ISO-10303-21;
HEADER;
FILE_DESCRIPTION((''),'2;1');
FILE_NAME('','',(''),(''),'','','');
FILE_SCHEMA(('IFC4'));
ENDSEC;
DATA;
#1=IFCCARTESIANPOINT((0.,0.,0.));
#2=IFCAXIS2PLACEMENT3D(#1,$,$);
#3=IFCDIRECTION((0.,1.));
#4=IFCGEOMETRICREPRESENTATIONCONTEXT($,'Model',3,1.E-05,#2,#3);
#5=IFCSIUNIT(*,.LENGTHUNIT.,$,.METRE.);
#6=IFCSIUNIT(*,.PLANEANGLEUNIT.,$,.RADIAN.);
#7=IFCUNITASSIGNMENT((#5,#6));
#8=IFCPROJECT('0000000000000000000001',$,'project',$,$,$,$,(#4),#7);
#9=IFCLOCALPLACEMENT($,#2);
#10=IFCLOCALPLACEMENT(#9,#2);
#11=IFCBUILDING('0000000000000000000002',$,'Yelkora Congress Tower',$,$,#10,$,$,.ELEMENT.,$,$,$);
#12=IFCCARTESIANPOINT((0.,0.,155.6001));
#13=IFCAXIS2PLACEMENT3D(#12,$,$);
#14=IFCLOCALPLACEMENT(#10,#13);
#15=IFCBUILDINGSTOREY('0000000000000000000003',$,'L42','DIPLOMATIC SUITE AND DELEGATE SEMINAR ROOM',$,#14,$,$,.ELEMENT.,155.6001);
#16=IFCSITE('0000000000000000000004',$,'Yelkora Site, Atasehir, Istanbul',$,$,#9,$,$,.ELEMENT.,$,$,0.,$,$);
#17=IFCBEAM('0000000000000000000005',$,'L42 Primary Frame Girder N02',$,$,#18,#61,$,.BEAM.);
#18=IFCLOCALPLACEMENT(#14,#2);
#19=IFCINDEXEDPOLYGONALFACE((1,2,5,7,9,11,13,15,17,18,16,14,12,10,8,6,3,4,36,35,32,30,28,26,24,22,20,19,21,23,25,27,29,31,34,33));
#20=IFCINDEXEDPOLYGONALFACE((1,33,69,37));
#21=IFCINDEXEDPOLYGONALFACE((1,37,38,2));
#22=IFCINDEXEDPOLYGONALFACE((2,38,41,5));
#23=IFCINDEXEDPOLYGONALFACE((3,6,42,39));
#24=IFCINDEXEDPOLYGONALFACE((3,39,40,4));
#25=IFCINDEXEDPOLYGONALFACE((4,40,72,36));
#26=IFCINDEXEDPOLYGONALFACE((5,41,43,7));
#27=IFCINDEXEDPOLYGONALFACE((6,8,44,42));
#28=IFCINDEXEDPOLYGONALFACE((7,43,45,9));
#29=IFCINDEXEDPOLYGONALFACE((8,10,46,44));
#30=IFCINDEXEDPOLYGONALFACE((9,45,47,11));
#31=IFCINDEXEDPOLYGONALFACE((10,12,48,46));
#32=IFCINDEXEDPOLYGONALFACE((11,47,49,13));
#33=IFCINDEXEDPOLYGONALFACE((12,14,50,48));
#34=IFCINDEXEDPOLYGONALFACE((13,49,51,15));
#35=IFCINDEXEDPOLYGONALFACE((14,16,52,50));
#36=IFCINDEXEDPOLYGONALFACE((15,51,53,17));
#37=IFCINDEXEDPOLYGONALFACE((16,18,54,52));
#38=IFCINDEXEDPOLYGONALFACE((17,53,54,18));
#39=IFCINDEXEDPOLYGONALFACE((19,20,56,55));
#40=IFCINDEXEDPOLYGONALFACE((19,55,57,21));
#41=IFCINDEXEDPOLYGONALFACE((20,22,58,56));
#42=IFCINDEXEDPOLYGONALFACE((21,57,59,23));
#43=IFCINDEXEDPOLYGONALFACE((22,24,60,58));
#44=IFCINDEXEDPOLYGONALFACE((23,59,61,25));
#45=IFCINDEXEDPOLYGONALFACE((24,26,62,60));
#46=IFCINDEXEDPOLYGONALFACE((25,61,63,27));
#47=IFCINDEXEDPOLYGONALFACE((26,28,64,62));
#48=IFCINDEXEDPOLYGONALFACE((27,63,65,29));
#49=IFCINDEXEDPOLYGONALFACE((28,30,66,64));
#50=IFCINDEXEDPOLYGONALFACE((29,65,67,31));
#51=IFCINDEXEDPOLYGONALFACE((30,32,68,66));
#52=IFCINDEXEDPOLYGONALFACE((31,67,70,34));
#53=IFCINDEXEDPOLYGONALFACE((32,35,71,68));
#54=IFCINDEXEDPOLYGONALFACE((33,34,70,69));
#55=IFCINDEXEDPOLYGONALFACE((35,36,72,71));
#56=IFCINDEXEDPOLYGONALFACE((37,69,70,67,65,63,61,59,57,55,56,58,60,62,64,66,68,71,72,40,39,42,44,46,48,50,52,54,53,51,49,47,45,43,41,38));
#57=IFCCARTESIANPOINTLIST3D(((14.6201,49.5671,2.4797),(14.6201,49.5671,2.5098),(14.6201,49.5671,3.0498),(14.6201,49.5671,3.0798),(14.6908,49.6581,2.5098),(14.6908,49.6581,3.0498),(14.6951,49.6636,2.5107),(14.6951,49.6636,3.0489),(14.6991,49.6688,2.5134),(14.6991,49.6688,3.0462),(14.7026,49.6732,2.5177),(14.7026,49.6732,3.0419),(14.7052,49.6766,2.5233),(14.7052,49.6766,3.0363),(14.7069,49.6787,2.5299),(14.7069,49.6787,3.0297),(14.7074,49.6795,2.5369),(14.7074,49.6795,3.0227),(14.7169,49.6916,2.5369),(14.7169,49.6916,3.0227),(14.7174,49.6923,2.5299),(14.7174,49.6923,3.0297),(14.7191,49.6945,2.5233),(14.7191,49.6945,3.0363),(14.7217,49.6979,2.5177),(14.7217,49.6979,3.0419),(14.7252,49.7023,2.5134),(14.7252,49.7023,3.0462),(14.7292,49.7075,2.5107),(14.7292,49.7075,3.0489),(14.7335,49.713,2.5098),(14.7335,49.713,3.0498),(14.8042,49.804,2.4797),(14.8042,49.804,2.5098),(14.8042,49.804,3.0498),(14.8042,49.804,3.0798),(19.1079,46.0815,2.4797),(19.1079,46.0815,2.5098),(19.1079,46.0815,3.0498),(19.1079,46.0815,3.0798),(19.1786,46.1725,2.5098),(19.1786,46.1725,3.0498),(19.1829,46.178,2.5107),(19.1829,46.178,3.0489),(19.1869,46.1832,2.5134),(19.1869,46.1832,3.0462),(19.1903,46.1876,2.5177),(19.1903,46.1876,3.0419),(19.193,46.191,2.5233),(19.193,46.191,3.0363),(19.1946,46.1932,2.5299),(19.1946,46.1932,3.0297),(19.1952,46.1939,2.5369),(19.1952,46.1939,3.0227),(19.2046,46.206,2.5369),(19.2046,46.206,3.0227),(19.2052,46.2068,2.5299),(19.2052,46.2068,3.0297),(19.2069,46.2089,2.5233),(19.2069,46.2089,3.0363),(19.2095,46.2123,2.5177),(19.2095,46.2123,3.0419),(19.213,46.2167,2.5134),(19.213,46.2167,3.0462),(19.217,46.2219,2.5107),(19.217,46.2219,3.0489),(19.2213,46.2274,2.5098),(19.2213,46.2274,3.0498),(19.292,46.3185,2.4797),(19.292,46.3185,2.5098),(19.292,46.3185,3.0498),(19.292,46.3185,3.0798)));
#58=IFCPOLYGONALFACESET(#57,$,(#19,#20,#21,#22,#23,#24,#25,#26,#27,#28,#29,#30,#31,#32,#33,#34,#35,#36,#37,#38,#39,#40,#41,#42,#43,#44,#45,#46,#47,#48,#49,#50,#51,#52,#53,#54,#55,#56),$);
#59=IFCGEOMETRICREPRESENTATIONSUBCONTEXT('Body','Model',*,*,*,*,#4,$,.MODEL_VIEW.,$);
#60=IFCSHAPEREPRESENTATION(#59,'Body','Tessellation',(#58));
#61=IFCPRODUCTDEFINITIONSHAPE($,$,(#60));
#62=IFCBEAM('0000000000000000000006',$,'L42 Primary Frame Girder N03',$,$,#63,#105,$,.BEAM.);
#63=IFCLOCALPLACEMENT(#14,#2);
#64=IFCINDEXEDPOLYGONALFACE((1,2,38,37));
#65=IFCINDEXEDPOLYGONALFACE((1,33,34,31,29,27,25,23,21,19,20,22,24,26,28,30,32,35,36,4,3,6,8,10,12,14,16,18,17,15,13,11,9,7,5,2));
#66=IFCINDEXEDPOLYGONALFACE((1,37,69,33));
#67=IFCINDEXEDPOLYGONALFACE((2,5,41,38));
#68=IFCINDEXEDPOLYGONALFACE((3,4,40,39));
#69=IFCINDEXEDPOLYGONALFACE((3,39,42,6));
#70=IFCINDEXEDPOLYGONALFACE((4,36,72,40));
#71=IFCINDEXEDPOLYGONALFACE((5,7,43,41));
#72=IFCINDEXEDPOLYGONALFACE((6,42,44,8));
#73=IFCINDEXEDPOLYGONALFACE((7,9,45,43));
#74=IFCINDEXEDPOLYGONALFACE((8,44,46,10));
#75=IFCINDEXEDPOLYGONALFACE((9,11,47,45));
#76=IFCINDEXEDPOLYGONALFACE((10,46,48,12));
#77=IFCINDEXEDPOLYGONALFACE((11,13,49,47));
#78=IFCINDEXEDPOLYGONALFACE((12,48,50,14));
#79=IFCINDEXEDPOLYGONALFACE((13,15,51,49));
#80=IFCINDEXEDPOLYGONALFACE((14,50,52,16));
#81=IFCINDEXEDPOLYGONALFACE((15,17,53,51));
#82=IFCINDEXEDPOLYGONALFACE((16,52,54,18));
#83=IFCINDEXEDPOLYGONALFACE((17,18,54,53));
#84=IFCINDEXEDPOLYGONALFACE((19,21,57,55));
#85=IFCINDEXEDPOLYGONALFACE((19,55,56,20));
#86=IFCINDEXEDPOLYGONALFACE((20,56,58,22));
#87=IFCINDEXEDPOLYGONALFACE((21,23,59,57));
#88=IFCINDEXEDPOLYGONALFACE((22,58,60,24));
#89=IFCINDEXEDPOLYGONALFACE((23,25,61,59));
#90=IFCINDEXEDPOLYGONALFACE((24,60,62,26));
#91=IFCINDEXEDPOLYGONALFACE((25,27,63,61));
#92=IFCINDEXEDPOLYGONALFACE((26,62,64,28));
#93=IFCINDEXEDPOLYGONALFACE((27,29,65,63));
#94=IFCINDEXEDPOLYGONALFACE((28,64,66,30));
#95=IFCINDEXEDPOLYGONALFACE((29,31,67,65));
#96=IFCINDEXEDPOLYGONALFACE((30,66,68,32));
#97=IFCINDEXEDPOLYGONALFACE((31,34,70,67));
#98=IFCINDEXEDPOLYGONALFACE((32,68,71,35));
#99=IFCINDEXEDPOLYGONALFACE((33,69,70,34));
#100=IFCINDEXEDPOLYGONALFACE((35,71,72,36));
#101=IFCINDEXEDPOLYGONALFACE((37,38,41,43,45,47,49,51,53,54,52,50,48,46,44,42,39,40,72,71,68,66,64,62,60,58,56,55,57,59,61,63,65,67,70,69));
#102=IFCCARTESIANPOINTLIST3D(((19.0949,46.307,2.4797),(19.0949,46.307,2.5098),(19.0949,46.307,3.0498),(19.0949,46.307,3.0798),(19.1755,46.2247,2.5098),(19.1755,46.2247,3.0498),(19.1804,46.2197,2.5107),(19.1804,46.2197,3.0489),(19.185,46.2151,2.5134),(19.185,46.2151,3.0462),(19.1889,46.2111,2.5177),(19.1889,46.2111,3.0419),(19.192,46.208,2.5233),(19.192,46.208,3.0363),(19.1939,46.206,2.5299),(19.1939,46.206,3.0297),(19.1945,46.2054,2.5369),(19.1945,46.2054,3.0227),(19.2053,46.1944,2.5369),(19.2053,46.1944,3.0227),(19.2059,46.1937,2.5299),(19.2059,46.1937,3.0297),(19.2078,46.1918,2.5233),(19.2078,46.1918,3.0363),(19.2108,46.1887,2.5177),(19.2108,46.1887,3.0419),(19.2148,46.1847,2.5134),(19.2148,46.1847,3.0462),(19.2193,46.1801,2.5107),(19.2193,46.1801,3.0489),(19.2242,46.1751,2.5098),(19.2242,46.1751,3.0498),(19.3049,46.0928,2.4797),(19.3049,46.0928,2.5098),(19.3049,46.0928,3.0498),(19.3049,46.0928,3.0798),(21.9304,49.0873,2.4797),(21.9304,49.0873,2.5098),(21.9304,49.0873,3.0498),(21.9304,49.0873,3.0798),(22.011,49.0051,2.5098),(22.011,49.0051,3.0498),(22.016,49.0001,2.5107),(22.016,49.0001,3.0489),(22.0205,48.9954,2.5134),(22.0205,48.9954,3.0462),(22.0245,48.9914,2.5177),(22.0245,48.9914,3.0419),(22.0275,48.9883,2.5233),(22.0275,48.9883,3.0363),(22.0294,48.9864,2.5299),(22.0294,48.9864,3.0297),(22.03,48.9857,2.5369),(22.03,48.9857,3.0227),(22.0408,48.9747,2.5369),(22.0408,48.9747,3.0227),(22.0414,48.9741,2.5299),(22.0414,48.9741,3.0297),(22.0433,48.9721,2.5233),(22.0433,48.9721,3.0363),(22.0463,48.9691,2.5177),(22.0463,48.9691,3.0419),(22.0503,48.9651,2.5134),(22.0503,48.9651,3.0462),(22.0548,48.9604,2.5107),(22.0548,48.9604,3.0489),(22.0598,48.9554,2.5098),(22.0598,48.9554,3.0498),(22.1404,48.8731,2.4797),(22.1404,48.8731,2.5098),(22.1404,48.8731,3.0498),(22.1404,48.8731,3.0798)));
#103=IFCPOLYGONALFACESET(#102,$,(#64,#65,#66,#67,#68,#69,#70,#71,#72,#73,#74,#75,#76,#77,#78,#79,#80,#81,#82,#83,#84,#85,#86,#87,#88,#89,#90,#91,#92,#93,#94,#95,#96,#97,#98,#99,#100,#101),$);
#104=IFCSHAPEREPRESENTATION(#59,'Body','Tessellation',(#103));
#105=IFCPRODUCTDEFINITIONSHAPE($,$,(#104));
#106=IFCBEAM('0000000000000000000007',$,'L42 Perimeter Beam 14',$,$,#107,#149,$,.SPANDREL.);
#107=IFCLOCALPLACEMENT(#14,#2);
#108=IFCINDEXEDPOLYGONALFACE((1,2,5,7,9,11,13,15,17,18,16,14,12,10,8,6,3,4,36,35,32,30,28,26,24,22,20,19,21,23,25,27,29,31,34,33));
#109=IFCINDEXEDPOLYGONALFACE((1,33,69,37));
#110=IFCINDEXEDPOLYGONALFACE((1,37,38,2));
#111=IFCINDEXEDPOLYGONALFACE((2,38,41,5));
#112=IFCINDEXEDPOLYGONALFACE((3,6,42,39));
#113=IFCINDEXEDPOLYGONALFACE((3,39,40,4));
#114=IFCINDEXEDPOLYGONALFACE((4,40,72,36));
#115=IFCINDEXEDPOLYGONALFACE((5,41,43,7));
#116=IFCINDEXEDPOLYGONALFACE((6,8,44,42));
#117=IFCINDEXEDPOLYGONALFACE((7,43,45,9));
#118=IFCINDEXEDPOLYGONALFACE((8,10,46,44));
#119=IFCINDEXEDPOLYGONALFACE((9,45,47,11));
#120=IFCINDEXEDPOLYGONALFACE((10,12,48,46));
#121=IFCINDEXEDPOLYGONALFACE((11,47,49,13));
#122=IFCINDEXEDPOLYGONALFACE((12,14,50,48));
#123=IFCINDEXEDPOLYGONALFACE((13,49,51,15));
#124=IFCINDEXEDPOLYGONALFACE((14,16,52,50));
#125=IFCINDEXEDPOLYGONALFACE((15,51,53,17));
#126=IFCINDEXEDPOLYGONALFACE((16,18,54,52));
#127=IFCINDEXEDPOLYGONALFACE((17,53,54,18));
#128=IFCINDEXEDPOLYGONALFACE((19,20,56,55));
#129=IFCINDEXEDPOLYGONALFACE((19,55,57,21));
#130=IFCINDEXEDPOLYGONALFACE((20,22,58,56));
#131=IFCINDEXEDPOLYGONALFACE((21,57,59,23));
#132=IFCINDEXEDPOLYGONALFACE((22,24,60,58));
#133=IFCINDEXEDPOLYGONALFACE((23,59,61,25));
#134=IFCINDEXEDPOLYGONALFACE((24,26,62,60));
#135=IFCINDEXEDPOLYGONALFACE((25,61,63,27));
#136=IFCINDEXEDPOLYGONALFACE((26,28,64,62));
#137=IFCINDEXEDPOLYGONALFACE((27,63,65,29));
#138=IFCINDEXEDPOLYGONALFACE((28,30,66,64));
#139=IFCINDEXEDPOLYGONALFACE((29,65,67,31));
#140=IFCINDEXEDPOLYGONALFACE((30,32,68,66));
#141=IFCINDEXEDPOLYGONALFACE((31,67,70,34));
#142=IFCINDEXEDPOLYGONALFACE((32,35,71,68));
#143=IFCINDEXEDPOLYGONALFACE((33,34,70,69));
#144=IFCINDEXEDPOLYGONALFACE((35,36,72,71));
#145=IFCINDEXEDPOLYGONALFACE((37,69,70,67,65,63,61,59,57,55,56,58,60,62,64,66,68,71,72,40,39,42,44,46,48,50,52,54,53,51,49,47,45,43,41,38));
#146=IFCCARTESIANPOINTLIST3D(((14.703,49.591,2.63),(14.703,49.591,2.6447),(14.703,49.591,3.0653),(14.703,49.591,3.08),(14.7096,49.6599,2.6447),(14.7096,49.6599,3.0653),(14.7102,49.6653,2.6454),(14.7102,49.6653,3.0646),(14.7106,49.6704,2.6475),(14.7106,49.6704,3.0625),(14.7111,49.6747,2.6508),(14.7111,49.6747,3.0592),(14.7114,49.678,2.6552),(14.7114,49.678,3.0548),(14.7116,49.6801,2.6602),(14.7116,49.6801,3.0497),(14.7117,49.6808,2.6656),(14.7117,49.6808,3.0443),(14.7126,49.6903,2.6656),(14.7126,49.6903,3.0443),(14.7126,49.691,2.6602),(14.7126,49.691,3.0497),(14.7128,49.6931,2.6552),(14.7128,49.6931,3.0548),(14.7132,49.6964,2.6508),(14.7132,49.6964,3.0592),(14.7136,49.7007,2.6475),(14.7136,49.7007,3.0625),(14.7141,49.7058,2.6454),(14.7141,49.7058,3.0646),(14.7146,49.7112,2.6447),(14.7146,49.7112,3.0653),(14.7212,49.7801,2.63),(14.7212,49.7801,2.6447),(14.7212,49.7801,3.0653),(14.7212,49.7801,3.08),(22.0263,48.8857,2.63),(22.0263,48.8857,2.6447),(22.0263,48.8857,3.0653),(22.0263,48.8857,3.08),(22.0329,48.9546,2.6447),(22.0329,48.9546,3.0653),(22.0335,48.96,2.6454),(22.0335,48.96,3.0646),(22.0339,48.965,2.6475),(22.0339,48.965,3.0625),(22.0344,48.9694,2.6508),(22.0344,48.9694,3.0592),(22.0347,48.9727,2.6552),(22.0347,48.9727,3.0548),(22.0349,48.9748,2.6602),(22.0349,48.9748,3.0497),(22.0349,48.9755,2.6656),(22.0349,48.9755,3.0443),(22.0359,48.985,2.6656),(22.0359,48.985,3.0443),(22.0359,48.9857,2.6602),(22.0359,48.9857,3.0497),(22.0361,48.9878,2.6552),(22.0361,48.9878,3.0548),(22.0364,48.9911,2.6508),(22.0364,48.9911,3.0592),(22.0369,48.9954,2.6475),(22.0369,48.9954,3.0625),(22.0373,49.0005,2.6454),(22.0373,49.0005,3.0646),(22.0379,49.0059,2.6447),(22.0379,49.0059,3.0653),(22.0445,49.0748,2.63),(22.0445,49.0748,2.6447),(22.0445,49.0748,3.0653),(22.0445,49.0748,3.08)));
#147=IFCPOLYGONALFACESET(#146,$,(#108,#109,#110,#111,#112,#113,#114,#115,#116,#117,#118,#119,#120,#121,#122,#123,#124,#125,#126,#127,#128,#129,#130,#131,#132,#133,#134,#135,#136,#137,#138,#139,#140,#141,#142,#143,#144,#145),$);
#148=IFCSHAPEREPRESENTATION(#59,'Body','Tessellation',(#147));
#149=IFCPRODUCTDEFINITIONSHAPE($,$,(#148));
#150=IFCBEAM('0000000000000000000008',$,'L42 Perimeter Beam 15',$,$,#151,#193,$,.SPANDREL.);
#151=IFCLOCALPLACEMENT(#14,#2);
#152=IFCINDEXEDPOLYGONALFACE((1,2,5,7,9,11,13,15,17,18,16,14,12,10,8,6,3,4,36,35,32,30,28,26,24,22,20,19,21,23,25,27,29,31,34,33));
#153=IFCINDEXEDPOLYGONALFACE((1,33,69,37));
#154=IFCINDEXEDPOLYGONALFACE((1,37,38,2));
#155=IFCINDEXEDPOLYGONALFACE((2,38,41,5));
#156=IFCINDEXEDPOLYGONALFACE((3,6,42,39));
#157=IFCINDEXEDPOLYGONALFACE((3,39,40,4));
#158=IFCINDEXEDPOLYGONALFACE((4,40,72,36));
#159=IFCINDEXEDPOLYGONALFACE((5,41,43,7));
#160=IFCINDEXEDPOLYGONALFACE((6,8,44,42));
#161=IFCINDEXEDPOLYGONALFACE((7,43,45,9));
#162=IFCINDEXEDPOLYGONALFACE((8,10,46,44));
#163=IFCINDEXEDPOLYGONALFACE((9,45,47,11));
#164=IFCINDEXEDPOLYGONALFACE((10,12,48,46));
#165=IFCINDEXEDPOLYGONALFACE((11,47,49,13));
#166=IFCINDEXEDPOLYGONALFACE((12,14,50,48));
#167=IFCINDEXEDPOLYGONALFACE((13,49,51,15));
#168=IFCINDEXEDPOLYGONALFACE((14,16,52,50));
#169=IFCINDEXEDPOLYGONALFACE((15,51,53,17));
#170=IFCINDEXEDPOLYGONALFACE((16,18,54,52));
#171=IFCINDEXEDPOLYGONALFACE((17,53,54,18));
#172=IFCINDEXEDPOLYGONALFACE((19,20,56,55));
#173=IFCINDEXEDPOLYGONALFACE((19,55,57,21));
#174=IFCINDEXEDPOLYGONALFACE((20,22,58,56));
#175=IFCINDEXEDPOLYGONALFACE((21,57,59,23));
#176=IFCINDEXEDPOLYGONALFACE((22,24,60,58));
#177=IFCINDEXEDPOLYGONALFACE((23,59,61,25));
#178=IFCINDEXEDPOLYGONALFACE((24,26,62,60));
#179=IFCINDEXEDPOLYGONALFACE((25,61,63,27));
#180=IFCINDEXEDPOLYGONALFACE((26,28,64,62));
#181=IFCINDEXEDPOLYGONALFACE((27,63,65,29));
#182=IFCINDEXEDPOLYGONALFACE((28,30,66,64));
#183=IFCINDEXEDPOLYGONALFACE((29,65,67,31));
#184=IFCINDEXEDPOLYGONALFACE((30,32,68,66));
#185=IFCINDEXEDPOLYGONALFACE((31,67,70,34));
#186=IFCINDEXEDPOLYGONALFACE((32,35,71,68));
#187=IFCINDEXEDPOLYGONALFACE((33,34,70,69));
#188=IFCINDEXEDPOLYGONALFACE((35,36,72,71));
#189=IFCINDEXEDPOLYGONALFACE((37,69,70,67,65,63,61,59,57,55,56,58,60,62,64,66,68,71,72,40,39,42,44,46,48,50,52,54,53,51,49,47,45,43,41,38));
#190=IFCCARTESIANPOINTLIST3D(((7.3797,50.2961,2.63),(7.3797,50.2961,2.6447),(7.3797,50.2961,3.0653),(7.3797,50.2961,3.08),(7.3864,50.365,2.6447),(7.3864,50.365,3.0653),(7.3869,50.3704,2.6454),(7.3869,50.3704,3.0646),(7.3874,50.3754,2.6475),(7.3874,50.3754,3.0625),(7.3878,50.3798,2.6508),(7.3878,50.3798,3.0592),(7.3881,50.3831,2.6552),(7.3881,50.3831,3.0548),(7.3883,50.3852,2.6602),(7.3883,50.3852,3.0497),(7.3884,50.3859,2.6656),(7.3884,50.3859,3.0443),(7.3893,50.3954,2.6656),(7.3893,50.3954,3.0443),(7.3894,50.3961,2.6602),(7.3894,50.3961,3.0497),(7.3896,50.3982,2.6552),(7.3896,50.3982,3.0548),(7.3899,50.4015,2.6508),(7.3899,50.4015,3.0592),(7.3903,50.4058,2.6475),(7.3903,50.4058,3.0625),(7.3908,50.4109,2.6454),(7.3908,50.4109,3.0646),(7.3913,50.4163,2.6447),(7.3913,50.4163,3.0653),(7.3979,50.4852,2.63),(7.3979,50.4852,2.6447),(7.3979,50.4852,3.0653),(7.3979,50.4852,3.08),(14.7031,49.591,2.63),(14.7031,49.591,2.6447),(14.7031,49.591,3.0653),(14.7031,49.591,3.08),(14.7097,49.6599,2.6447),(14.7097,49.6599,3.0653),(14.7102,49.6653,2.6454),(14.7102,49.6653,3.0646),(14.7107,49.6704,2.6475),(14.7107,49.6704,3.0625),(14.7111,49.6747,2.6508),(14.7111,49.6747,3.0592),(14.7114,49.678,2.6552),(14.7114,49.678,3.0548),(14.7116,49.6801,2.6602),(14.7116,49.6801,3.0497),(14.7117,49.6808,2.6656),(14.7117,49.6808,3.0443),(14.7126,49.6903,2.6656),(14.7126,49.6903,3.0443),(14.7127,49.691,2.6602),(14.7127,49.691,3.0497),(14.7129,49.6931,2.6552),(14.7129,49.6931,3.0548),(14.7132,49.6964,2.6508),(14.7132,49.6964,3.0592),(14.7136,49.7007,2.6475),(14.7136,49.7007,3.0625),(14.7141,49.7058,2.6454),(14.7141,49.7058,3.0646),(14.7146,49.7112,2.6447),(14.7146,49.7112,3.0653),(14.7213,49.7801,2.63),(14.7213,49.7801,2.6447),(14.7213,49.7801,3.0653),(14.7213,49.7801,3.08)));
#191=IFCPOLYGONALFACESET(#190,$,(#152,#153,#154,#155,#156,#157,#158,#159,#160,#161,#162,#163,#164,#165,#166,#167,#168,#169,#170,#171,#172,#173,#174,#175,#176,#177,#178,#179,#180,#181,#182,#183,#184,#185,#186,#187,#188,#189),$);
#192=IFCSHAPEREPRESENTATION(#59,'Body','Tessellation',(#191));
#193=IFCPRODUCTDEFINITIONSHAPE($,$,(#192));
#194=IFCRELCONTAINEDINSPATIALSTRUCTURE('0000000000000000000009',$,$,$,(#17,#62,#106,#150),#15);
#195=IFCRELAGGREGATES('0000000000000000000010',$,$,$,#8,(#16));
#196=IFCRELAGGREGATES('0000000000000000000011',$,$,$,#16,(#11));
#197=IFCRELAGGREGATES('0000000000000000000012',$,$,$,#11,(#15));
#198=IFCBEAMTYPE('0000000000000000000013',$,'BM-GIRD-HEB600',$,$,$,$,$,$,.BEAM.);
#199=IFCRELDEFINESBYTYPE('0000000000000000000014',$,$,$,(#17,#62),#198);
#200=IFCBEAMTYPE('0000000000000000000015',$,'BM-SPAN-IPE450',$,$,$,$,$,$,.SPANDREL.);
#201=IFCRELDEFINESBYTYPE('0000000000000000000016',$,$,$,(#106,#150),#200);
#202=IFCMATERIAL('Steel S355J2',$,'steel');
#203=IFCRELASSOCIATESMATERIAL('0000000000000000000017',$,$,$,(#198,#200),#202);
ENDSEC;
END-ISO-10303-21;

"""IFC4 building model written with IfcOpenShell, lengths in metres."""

from ifc_helpers import new_model, si_unit, direction, frame, origin, origin_2d, place, context, subcontext, project, spatial, i_section, extrude, material, material_profile, profile_set, type_object, element, save


model = new_model("IFC4")

# Units and contexts
model_context = context("Model", 3, precision=1e-05, world=origin(), true_north=direction((0.0, 1.0)))
body_context = subcontext(model_context, "Body", "Model", "MODEL_VIEW")
ifc_project = project(units=[si_unit("LENGTHUNIT", "METRE"), si_unit("PLANEANGLEUNIT", "RADIAN")], contexts=[model_context])

# Site, building, storey
site_placement = place(None, origin())
site = spatial("IfcSite", under=ifc_project, at=site_placement, Name="Yelkora Site, Atasehir, Istanbul", CompositionType="ELEMENT", RefElevation=0.0)
building_placement = place(site_placement, origin())
building = spatial("IfcBuilding", under=site, at=building_placement, Name="Yelkora Congress Tower", CompositionType="ELEMENT")
storey_placement = place(building_placement, frame((0.0, 0.0, 155.6001)))
storey = spatial("IfcBuildingStorey", under=building, at=storey_placement, Name="L42", Description="DIPLOMATIC SUITE AND DELEGATE SEMINAR ROOM", CompositionType="ELEMENT", Elevation=155.6001)

# Beams
ifc_material_1 = material(Name="Steel S355J2", Category="steel")
ifc_material_profile_1 = material_profile(ifc_material_1, i_section(OverallWidth=0.3, OverallDepth=0.6001, WebThickness=0.0154, FlangeThickness=0.03, FilletRadius=0.0271, at=origin_2d()), Name="HEB 600")
ifc_profile_set_1 = profile_set([ifc_material_profile_1], Name="Steel S355J2")
beam_type_1 = type_object("IfcBeamType", Name="BM-GIRD-HEB600", PredefinedType="BEAM", material=ifc_profile_set_1)
beam_1_placement = place(storey_placement, frame((14.7122, 49.6855, 2.7798), z_axis=(0.789771, -0.613402, 0.0), x_axis=(0.613402, 0.789771, 0.0)))
element("IfcBeam", 1, at=beam_1_placement, inside=storey, type_object=beam_type_1, Name="L42 Primary Frame Girder N02", PredefinedType="BEAM", context=body_context, shape_type="SweptSolid", body=[
    extrude(i_section(OverallWidth=0.3, OverallDepth=0.6001, WebThickness=0.0154, FlangeThickness=0.03, FilletRadius=0.0271, at=origin_2d()), origin(), (0.0, 0.0, 1.0), 5.6824),
])
beam_2_placement = place(storey_placement, frame((22.0354, 48.9802, 2.7798), z_axis=(-0.71402, -0.700126, 0.0), x_axis=(0.700126, -0.71402, 0.0)))
element("IfcBeam", 2, at=beam_2_placement, inside=storey, type_object=beam_type_1, Name="L42 Primary Frame Girder N03", PredefinedType="BEAM", context=body_context, shape_type="SweptSolid", body=[
    extrude(i_section(OverallWidth=0.3, OverallDepth=0.6001, WebThickness=0.0154, FlangeThickness=0.03, FilletRadius=0.0271, at=origin_2d()), origin(), (0.0, 0.0, 1.0), 3.9712),
])
ifc_material_profile_2 = material_profile(ifc_material_1, i_section(OverallWidth=0.1899, OverallDepth=0.45, WebThickness=0.0095, FlangeThickness=0.0146, FilletRadius=0.021, at=origin_2d()), Name="IPE 450")
ifc_profile_set_2 = profile_set([ifc_material_profile_2], Name="Steel S355J2")
beam_type_2 = type_object("IfcBeamType", Name="BM-SPAN-IPE450", PredefinedType="SPANDREL", material=ifc_profile_set_2)
for number, where, z_axis, x_axis, name in (
    (3, (22.0354, 48.9802, 2.855), (-0.995394, 0.095869, 0.0), (-0.095869, -0.995394, 0.0), "L42 Perimeter Beam 14"),
    (4, (14.7122, 49.6855, 2.855), (-0.995397, 0.095836, 0.0), (-0.095836, -0.995397, 0.0), "L42 Perimeter Beam 15"),
):
    element("IfcBeam", number, at=place(storey_placement, frame(where, z_axis=z_axis, x_axis=x_axis)), inside=storey, type_object=beam_type_2, Name=name, PredefinedType="SPANDREL", context=body_context, shape_type="SweptSolid", body=[
        extrude(i_section(OverallWidth=0.1899, OverallDepth=0.45, WebThickness=0.0095, FlangeThickness=0.0146, FilletRadius=0.021, at=origin_2d()), origin(), (0.0, 0.0, 1.0), 7.3572),
    ])

save(model, "model.ifc")
